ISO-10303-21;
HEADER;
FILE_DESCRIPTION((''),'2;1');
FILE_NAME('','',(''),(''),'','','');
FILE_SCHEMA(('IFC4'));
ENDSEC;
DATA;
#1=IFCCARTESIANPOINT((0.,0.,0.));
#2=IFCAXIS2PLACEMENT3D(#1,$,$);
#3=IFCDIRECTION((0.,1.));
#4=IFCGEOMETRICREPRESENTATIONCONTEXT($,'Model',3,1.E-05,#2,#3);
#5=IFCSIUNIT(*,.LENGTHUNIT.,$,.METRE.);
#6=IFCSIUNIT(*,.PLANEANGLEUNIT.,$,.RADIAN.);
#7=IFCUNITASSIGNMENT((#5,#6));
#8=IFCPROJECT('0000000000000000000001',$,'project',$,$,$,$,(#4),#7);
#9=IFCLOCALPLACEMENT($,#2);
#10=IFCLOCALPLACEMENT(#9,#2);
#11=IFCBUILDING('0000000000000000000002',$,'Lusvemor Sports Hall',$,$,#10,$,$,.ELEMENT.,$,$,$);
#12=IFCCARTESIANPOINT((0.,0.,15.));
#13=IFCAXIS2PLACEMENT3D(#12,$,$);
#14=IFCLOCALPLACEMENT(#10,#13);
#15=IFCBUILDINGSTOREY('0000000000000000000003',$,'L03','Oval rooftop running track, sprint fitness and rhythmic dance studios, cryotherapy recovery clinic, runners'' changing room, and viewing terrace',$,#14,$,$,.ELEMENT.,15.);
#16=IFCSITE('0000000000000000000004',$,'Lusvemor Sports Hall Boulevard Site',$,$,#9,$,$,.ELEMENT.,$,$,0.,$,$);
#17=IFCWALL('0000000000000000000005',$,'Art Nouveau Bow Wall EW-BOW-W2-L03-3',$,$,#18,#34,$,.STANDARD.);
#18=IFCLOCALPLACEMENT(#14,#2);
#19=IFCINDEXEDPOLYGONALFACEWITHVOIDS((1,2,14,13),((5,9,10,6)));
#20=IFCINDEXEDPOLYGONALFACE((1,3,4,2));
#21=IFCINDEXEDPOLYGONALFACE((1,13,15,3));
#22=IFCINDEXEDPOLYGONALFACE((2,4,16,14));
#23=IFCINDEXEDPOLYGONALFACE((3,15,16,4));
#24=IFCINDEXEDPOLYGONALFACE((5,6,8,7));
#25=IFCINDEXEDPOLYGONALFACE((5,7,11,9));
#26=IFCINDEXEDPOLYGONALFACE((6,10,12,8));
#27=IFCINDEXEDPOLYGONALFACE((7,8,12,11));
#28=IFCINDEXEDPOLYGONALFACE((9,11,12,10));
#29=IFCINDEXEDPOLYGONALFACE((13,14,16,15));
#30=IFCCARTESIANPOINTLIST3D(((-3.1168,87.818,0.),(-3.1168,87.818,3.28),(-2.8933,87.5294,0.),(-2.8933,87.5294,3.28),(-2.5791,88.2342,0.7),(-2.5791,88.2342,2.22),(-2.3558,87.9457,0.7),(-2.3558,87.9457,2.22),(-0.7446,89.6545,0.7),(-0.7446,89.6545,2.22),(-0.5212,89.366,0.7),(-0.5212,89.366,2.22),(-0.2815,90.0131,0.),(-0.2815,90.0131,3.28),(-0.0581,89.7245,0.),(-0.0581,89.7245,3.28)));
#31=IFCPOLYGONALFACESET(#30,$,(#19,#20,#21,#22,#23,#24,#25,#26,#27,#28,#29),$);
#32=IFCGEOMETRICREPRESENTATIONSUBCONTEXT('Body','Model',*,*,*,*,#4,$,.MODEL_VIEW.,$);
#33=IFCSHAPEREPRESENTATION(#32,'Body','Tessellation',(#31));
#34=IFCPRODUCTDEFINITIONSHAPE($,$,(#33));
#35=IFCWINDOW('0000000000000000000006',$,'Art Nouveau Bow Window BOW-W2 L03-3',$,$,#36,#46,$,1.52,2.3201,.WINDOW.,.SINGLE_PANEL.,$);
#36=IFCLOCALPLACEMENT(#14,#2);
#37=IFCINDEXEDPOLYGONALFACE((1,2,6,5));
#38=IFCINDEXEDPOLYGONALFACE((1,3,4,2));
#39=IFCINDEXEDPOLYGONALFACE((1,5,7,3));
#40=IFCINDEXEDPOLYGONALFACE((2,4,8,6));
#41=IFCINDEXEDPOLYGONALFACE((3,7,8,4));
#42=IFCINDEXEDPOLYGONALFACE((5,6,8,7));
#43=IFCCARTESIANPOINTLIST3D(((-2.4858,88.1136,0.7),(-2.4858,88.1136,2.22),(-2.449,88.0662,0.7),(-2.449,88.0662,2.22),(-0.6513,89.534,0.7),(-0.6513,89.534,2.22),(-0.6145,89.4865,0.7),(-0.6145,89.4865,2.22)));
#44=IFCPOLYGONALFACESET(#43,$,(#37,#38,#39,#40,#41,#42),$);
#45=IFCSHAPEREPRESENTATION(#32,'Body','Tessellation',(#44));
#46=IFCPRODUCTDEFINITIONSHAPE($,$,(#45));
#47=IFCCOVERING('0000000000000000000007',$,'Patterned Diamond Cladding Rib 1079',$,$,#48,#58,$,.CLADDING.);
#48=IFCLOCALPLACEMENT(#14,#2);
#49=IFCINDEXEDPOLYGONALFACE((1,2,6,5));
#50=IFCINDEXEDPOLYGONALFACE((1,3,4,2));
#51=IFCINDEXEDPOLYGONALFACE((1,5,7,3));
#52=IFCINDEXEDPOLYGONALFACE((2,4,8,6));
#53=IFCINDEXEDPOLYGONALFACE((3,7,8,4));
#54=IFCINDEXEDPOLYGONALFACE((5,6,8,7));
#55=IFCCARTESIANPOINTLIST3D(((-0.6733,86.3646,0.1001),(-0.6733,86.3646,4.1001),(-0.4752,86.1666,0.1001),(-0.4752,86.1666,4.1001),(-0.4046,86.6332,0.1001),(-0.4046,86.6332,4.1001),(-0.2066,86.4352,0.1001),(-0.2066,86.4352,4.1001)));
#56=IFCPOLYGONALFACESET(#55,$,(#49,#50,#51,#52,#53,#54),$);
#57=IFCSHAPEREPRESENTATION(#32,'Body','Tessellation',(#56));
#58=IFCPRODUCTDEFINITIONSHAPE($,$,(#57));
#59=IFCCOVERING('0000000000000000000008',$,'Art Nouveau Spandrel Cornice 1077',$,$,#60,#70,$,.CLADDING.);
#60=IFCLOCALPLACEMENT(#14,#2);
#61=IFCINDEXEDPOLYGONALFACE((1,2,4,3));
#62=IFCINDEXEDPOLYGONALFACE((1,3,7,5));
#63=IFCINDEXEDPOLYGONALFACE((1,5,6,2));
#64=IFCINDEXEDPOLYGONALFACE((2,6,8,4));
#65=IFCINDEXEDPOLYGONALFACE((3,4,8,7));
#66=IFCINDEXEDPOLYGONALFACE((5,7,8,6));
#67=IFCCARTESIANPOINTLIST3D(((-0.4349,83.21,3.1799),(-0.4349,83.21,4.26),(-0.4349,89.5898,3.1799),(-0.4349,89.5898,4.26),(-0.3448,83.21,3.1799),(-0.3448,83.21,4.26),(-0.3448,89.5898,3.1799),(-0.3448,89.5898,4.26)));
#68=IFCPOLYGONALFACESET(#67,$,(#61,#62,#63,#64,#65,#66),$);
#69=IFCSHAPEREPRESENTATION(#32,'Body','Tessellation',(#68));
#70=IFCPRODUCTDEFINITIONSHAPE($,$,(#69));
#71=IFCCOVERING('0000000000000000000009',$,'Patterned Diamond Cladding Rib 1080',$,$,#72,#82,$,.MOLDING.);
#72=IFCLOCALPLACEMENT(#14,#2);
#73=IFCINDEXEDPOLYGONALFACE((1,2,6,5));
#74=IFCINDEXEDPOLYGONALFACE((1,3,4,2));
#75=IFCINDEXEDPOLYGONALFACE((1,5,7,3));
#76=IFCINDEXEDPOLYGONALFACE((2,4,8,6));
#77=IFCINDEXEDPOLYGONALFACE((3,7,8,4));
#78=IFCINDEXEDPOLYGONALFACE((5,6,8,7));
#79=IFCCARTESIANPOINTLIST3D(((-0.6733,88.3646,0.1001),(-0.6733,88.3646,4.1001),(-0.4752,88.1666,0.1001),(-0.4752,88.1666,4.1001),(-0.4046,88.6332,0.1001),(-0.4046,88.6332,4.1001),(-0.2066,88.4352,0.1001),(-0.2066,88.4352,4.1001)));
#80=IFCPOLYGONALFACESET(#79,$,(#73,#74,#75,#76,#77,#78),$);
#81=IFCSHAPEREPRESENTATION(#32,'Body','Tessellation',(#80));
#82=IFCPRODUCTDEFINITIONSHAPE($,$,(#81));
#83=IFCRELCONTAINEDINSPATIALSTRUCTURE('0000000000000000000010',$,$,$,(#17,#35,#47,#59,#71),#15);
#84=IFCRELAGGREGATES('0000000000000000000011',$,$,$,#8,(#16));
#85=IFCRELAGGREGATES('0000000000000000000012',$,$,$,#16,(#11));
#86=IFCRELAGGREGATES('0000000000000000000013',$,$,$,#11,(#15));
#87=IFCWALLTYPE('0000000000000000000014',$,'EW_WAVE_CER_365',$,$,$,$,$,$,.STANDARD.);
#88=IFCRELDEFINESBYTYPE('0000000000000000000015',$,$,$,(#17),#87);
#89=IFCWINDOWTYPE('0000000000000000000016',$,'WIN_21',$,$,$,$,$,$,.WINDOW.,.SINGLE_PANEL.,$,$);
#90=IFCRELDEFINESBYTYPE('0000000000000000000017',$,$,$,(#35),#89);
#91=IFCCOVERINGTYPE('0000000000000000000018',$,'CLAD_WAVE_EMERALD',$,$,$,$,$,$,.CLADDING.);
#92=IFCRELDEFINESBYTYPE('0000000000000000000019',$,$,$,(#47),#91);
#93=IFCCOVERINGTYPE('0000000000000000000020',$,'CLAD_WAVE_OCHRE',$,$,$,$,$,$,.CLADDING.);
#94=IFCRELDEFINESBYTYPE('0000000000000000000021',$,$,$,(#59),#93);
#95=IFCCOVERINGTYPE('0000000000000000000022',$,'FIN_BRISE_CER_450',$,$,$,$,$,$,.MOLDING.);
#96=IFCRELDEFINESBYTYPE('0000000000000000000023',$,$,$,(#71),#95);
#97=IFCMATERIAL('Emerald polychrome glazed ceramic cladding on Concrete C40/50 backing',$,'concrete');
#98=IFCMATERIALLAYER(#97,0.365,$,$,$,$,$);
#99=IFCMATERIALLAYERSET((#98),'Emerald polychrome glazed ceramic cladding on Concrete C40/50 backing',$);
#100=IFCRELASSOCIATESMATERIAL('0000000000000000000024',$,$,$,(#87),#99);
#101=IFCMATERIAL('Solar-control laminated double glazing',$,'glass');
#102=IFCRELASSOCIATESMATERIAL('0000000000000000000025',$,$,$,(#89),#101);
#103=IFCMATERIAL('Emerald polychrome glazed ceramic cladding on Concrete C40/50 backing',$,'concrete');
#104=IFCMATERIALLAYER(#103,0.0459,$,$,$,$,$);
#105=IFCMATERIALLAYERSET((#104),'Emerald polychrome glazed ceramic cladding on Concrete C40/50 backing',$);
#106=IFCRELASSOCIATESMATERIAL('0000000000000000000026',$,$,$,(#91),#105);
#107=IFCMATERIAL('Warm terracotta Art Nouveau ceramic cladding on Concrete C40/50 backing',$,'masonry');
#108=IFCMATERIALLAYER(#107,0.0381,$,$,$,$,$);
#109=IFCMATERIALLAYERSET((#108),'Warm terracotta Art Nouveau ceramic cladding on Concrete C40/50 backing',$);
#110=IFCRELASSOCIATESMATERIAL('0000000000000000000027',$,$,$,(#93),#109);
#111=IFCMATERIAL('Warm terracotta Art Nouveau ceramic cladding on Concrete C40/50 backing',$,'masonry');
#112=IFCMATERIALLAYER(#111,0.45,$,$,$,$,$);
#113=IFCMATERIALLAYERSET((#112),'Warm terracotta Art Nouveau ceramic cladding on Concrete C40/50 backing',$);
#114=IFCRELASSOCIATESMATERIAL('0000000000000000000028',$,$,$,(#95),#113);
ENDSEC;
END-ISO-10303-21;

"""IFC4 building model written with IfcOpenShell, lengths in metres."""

from ifc_helpers import new_model, si_unit, direction, frame, frame_2d, origin, origin_2d, place, context, subcontext, project, spatial, rectangle, extrude, material, layer, layer_set, type_object, element, fill, save


model = new_model("IFC4")

# Units and contexts
model_context = context("Model", 3, precision=1e-05, world=origin(), true_north=direction((0.0, 1.0)))
body_context = subcontext(model_context, "Body", "Model", "MODEL_VIEW")
ifc_project = project(units=[si_unit("LENGTHUNIT", "METRE"), si_unit("PLANEANGLEUNIT", "RADIAN")], contexts=[model_context])

# Site, building, storey
site_placement = place(None, origin())
site = spatial("IfcSite", under=ifc_project, at=site_placement, Name="Lusvemor Sports Hall Boulevard Site", CompositionType="ELEMENT", RefElevation=0.0)
building_placement = place(site_placement, origin())
building = spatial("IfcBuilding", under=site, at=building_placement, Name="Lusvemor Sports Hall", CompositionType="ELEMENT")
storey_placement = place(building_placement, frame((0.0, 0.0, 15.0)))
storey = spatial("IfcBuildingStorey", under=building, at=storey_placement, Name="L03", Description="Oval rooftop running track, sprint fitness and rhythmic dance studios, cryotherapy recovery clinic, runners' changing room, and viewing terrace", CompositionType="ELEMENT", Elevation=15.0)

# Wall, opening, window
ifc_material_1 = material(Name="Emerald polychrome glazed ceramic cladding on Concrete C40/50 backing", Category="concrete")
ifc_layer_1 = layer(ifc_material_1, 0.365)
ifc_layer_set_1 = layer_set([ifc_layer_1], Name="Emerald polychrome glazed ceramic cladding on Concrete C40/50 backing")
wall_type = type_object("IfcWallType", Name="EW_WAVE_CER_365", PredefinedType="STANDARD", material=ifc_layer_set_1)
wall_placement = place(storey_placement, frame((-3.0051, 87.6736, 0.0), z_axis=(0.0, 0.0, 1.0), x_axis=(0.790714, 0.612186, 0.0)))
wall = element("IfcWall", 1, at=wall_placement, inside=storey, type_object=wall_type, Name="Art Nouveau Bow Wall EW-BOW-W2-L03-3", PredefinedType="STANDARD", context=body_context, shape_type="SweptSolid", body=[
    extrude(rectangle(XDim=3.5857, YDim=0.365, at=frame_2d((1.793, 0.0))), origin(), (0.0, 0.0, 1.0), 3.28),
])
opening_placement = place(wall_placement, frame((0.6799, 0.0, 0.7)))
opening = element("IfcOpeningElement", 2, at=opening_placement, cuts=wall, PredefinedType="OPENING", context=body_context, shape_type="SweptSolid", body=[
    extrude(rectangle(XDim=2.3201, YDim=1.52, at=frame_2d((1.1602, 0.76))), frame((0.0, 0.1826, 0.0), z_axis=(0.0, -1.0, 0.0), x_axis=(1.0, 0.0, 0.0)), (0.0, 0.0, 1.0), 0.365),
])
ifc_material_2 = material(Name="Solar-control laminated double glazing", Category="glass")
window_type = type_object("IfcWindowType", Name="WIN_21", PartitioningType="SINGLE_PANEL", PredefinedType="WINDOW", material=ifc_material_2)
window_placement = place(opening_placement, origin())
window = element("IfcWindow", 3, at=window_placement, inside=storey, type_object=window_type, Name="Art Nouveau Bow Window BOW-W2 L03-3", OverallHeight=1.52, OverallWidth=2.3201, PartitioningType="SINGLE_PANEL", PredefinedType="WINDOW", context=body_context, shape_type="SweptSolid", body=[
    extrude(rectangle(XDim=2.3201, YDim=1.52, at=frame_2d((1.1602, 0.76))), frame((0.0, 0.03, 0.0), z_axis=(0.0, -1.0, 0.0), x_axis=(1.0, 0.0, 0.0)), (0.0, 0.0, 1.0), 0.0601),
])
fill(opening, window)

# Coverings
ifc_material_3 = material(Name="Emerald polychrome glazed ceramic cladding on Concrete C40/50 backing", Category="concrete")
ifc_layer_2 = layer(ifc_material_3, 0.0459)
ifc_layer_set_2 = layer_set([ifc_layer_2], Name="Emerald polychrome glazed ceramic cladding on Concrete C40/50 backing")
covering_type_1 = type_object("IfcCoveringType", Name="CLAD_WAVE_EMERALD", PredefinedType="CLADDING", material=ifc_layer_set_2)
covering_1_placement = place(storey_placement, frame((-0.4399, 86.3999, 0.1001), z_axis=(0.0, 0.0, 1.0), x_axis=(0.707107, 0.707107, 0.0)))
element("IfcCovering", 4, at=covering_1_placement, inside=storey, type_object=covering_type_1, Name="Patterned Diamond Cladding Rib 1079", PredefinedType="CLADDING", context=body_context, shape_type="SweptSolid", body=[
    extrude(rectangle(XDim=0.3799, YDim=0.28, at=origin_2d()), origin(), (0.0, 0.0, 1.0), 4.0),
])
ifc_material_4 = material(Name="Warm terracotta Art Nouveau ceramic cladding on Concrete C40/50 backing", Category="masonry")
ifc_layer_3 = layer(ifc_material_4, 0.0381)
ifc_layer_set_3 = layer_set([ifc_layer_3], Name="Warm terracotta Art Nouveau ceramic cladding on Concrete C40/50 backing")
covering_type_2 = type_object("IfcCoveringType", Name="CLAD_WAVE_OCHRE", PredefinedType="CLADDING", material=ifc_layer_set_3)
covering_2_placement = place(storey_placement, frame((-0.3899, 86.3999, 3.1799), z_axis=(0.0, 0.0, 1.0), x_axis=(1.0, 0.0, 0.0)))
element("IfcCovering", 5, at=covering_2_placement, inside=storey, type_object=covering_type_2, Name="Art Nouveau Spandrel Cornice 1077", PredefinedType="CLADDING", context=body_context, shape_type="SweptSolid", body=[
    extrude(rectangle(XDim=0.0901, YDim=6.3799, at=origin_2d()), origin(), (0.0, 0.0, 1.0), 1.0801),
])
ifc_material_5 = material(Name="Warm terracotta Art Nouveau ceramic cladding on Concrete C40/50 backing", Category="masonry")
ifc_layer_4 = layer(ifc_material_5, 0.45)
ifc_layer_set_4 = layer_set([ifc_layer_4], Name="Warm terracotta Art Nouveau ceramic cladding on Concrete C40/50 backing")
covering_type_3 = type_object("IfcCoveringType", Name="FIN_BRISE_CER_450", PredefinedType="MOLDING", material=ifc_layer_set_4)
covering_3_placement = place(storey_placement, frame((-0.4399, 88.3999, 0.1001), z_axis=(0.0, 0.0, 1.0), x_axis=(0.707107, 0.707107, 0.0)))
element("IfcCovering", 6, at=covering_3_placement, inside=storey, type_object=covering_type_3, Name="Patterned Diamond Cladding Rib 1080", PredefinedType="MOLDING", context=body_context, shape_type="SweptSolid", body=[
    extrude(rectangle(XDim=0.3799, YDim=0.28, at=origin_2d()), origin(), (0.0, 0.0, 1.0), 4.0),
])

save(model, "model.ifc")
